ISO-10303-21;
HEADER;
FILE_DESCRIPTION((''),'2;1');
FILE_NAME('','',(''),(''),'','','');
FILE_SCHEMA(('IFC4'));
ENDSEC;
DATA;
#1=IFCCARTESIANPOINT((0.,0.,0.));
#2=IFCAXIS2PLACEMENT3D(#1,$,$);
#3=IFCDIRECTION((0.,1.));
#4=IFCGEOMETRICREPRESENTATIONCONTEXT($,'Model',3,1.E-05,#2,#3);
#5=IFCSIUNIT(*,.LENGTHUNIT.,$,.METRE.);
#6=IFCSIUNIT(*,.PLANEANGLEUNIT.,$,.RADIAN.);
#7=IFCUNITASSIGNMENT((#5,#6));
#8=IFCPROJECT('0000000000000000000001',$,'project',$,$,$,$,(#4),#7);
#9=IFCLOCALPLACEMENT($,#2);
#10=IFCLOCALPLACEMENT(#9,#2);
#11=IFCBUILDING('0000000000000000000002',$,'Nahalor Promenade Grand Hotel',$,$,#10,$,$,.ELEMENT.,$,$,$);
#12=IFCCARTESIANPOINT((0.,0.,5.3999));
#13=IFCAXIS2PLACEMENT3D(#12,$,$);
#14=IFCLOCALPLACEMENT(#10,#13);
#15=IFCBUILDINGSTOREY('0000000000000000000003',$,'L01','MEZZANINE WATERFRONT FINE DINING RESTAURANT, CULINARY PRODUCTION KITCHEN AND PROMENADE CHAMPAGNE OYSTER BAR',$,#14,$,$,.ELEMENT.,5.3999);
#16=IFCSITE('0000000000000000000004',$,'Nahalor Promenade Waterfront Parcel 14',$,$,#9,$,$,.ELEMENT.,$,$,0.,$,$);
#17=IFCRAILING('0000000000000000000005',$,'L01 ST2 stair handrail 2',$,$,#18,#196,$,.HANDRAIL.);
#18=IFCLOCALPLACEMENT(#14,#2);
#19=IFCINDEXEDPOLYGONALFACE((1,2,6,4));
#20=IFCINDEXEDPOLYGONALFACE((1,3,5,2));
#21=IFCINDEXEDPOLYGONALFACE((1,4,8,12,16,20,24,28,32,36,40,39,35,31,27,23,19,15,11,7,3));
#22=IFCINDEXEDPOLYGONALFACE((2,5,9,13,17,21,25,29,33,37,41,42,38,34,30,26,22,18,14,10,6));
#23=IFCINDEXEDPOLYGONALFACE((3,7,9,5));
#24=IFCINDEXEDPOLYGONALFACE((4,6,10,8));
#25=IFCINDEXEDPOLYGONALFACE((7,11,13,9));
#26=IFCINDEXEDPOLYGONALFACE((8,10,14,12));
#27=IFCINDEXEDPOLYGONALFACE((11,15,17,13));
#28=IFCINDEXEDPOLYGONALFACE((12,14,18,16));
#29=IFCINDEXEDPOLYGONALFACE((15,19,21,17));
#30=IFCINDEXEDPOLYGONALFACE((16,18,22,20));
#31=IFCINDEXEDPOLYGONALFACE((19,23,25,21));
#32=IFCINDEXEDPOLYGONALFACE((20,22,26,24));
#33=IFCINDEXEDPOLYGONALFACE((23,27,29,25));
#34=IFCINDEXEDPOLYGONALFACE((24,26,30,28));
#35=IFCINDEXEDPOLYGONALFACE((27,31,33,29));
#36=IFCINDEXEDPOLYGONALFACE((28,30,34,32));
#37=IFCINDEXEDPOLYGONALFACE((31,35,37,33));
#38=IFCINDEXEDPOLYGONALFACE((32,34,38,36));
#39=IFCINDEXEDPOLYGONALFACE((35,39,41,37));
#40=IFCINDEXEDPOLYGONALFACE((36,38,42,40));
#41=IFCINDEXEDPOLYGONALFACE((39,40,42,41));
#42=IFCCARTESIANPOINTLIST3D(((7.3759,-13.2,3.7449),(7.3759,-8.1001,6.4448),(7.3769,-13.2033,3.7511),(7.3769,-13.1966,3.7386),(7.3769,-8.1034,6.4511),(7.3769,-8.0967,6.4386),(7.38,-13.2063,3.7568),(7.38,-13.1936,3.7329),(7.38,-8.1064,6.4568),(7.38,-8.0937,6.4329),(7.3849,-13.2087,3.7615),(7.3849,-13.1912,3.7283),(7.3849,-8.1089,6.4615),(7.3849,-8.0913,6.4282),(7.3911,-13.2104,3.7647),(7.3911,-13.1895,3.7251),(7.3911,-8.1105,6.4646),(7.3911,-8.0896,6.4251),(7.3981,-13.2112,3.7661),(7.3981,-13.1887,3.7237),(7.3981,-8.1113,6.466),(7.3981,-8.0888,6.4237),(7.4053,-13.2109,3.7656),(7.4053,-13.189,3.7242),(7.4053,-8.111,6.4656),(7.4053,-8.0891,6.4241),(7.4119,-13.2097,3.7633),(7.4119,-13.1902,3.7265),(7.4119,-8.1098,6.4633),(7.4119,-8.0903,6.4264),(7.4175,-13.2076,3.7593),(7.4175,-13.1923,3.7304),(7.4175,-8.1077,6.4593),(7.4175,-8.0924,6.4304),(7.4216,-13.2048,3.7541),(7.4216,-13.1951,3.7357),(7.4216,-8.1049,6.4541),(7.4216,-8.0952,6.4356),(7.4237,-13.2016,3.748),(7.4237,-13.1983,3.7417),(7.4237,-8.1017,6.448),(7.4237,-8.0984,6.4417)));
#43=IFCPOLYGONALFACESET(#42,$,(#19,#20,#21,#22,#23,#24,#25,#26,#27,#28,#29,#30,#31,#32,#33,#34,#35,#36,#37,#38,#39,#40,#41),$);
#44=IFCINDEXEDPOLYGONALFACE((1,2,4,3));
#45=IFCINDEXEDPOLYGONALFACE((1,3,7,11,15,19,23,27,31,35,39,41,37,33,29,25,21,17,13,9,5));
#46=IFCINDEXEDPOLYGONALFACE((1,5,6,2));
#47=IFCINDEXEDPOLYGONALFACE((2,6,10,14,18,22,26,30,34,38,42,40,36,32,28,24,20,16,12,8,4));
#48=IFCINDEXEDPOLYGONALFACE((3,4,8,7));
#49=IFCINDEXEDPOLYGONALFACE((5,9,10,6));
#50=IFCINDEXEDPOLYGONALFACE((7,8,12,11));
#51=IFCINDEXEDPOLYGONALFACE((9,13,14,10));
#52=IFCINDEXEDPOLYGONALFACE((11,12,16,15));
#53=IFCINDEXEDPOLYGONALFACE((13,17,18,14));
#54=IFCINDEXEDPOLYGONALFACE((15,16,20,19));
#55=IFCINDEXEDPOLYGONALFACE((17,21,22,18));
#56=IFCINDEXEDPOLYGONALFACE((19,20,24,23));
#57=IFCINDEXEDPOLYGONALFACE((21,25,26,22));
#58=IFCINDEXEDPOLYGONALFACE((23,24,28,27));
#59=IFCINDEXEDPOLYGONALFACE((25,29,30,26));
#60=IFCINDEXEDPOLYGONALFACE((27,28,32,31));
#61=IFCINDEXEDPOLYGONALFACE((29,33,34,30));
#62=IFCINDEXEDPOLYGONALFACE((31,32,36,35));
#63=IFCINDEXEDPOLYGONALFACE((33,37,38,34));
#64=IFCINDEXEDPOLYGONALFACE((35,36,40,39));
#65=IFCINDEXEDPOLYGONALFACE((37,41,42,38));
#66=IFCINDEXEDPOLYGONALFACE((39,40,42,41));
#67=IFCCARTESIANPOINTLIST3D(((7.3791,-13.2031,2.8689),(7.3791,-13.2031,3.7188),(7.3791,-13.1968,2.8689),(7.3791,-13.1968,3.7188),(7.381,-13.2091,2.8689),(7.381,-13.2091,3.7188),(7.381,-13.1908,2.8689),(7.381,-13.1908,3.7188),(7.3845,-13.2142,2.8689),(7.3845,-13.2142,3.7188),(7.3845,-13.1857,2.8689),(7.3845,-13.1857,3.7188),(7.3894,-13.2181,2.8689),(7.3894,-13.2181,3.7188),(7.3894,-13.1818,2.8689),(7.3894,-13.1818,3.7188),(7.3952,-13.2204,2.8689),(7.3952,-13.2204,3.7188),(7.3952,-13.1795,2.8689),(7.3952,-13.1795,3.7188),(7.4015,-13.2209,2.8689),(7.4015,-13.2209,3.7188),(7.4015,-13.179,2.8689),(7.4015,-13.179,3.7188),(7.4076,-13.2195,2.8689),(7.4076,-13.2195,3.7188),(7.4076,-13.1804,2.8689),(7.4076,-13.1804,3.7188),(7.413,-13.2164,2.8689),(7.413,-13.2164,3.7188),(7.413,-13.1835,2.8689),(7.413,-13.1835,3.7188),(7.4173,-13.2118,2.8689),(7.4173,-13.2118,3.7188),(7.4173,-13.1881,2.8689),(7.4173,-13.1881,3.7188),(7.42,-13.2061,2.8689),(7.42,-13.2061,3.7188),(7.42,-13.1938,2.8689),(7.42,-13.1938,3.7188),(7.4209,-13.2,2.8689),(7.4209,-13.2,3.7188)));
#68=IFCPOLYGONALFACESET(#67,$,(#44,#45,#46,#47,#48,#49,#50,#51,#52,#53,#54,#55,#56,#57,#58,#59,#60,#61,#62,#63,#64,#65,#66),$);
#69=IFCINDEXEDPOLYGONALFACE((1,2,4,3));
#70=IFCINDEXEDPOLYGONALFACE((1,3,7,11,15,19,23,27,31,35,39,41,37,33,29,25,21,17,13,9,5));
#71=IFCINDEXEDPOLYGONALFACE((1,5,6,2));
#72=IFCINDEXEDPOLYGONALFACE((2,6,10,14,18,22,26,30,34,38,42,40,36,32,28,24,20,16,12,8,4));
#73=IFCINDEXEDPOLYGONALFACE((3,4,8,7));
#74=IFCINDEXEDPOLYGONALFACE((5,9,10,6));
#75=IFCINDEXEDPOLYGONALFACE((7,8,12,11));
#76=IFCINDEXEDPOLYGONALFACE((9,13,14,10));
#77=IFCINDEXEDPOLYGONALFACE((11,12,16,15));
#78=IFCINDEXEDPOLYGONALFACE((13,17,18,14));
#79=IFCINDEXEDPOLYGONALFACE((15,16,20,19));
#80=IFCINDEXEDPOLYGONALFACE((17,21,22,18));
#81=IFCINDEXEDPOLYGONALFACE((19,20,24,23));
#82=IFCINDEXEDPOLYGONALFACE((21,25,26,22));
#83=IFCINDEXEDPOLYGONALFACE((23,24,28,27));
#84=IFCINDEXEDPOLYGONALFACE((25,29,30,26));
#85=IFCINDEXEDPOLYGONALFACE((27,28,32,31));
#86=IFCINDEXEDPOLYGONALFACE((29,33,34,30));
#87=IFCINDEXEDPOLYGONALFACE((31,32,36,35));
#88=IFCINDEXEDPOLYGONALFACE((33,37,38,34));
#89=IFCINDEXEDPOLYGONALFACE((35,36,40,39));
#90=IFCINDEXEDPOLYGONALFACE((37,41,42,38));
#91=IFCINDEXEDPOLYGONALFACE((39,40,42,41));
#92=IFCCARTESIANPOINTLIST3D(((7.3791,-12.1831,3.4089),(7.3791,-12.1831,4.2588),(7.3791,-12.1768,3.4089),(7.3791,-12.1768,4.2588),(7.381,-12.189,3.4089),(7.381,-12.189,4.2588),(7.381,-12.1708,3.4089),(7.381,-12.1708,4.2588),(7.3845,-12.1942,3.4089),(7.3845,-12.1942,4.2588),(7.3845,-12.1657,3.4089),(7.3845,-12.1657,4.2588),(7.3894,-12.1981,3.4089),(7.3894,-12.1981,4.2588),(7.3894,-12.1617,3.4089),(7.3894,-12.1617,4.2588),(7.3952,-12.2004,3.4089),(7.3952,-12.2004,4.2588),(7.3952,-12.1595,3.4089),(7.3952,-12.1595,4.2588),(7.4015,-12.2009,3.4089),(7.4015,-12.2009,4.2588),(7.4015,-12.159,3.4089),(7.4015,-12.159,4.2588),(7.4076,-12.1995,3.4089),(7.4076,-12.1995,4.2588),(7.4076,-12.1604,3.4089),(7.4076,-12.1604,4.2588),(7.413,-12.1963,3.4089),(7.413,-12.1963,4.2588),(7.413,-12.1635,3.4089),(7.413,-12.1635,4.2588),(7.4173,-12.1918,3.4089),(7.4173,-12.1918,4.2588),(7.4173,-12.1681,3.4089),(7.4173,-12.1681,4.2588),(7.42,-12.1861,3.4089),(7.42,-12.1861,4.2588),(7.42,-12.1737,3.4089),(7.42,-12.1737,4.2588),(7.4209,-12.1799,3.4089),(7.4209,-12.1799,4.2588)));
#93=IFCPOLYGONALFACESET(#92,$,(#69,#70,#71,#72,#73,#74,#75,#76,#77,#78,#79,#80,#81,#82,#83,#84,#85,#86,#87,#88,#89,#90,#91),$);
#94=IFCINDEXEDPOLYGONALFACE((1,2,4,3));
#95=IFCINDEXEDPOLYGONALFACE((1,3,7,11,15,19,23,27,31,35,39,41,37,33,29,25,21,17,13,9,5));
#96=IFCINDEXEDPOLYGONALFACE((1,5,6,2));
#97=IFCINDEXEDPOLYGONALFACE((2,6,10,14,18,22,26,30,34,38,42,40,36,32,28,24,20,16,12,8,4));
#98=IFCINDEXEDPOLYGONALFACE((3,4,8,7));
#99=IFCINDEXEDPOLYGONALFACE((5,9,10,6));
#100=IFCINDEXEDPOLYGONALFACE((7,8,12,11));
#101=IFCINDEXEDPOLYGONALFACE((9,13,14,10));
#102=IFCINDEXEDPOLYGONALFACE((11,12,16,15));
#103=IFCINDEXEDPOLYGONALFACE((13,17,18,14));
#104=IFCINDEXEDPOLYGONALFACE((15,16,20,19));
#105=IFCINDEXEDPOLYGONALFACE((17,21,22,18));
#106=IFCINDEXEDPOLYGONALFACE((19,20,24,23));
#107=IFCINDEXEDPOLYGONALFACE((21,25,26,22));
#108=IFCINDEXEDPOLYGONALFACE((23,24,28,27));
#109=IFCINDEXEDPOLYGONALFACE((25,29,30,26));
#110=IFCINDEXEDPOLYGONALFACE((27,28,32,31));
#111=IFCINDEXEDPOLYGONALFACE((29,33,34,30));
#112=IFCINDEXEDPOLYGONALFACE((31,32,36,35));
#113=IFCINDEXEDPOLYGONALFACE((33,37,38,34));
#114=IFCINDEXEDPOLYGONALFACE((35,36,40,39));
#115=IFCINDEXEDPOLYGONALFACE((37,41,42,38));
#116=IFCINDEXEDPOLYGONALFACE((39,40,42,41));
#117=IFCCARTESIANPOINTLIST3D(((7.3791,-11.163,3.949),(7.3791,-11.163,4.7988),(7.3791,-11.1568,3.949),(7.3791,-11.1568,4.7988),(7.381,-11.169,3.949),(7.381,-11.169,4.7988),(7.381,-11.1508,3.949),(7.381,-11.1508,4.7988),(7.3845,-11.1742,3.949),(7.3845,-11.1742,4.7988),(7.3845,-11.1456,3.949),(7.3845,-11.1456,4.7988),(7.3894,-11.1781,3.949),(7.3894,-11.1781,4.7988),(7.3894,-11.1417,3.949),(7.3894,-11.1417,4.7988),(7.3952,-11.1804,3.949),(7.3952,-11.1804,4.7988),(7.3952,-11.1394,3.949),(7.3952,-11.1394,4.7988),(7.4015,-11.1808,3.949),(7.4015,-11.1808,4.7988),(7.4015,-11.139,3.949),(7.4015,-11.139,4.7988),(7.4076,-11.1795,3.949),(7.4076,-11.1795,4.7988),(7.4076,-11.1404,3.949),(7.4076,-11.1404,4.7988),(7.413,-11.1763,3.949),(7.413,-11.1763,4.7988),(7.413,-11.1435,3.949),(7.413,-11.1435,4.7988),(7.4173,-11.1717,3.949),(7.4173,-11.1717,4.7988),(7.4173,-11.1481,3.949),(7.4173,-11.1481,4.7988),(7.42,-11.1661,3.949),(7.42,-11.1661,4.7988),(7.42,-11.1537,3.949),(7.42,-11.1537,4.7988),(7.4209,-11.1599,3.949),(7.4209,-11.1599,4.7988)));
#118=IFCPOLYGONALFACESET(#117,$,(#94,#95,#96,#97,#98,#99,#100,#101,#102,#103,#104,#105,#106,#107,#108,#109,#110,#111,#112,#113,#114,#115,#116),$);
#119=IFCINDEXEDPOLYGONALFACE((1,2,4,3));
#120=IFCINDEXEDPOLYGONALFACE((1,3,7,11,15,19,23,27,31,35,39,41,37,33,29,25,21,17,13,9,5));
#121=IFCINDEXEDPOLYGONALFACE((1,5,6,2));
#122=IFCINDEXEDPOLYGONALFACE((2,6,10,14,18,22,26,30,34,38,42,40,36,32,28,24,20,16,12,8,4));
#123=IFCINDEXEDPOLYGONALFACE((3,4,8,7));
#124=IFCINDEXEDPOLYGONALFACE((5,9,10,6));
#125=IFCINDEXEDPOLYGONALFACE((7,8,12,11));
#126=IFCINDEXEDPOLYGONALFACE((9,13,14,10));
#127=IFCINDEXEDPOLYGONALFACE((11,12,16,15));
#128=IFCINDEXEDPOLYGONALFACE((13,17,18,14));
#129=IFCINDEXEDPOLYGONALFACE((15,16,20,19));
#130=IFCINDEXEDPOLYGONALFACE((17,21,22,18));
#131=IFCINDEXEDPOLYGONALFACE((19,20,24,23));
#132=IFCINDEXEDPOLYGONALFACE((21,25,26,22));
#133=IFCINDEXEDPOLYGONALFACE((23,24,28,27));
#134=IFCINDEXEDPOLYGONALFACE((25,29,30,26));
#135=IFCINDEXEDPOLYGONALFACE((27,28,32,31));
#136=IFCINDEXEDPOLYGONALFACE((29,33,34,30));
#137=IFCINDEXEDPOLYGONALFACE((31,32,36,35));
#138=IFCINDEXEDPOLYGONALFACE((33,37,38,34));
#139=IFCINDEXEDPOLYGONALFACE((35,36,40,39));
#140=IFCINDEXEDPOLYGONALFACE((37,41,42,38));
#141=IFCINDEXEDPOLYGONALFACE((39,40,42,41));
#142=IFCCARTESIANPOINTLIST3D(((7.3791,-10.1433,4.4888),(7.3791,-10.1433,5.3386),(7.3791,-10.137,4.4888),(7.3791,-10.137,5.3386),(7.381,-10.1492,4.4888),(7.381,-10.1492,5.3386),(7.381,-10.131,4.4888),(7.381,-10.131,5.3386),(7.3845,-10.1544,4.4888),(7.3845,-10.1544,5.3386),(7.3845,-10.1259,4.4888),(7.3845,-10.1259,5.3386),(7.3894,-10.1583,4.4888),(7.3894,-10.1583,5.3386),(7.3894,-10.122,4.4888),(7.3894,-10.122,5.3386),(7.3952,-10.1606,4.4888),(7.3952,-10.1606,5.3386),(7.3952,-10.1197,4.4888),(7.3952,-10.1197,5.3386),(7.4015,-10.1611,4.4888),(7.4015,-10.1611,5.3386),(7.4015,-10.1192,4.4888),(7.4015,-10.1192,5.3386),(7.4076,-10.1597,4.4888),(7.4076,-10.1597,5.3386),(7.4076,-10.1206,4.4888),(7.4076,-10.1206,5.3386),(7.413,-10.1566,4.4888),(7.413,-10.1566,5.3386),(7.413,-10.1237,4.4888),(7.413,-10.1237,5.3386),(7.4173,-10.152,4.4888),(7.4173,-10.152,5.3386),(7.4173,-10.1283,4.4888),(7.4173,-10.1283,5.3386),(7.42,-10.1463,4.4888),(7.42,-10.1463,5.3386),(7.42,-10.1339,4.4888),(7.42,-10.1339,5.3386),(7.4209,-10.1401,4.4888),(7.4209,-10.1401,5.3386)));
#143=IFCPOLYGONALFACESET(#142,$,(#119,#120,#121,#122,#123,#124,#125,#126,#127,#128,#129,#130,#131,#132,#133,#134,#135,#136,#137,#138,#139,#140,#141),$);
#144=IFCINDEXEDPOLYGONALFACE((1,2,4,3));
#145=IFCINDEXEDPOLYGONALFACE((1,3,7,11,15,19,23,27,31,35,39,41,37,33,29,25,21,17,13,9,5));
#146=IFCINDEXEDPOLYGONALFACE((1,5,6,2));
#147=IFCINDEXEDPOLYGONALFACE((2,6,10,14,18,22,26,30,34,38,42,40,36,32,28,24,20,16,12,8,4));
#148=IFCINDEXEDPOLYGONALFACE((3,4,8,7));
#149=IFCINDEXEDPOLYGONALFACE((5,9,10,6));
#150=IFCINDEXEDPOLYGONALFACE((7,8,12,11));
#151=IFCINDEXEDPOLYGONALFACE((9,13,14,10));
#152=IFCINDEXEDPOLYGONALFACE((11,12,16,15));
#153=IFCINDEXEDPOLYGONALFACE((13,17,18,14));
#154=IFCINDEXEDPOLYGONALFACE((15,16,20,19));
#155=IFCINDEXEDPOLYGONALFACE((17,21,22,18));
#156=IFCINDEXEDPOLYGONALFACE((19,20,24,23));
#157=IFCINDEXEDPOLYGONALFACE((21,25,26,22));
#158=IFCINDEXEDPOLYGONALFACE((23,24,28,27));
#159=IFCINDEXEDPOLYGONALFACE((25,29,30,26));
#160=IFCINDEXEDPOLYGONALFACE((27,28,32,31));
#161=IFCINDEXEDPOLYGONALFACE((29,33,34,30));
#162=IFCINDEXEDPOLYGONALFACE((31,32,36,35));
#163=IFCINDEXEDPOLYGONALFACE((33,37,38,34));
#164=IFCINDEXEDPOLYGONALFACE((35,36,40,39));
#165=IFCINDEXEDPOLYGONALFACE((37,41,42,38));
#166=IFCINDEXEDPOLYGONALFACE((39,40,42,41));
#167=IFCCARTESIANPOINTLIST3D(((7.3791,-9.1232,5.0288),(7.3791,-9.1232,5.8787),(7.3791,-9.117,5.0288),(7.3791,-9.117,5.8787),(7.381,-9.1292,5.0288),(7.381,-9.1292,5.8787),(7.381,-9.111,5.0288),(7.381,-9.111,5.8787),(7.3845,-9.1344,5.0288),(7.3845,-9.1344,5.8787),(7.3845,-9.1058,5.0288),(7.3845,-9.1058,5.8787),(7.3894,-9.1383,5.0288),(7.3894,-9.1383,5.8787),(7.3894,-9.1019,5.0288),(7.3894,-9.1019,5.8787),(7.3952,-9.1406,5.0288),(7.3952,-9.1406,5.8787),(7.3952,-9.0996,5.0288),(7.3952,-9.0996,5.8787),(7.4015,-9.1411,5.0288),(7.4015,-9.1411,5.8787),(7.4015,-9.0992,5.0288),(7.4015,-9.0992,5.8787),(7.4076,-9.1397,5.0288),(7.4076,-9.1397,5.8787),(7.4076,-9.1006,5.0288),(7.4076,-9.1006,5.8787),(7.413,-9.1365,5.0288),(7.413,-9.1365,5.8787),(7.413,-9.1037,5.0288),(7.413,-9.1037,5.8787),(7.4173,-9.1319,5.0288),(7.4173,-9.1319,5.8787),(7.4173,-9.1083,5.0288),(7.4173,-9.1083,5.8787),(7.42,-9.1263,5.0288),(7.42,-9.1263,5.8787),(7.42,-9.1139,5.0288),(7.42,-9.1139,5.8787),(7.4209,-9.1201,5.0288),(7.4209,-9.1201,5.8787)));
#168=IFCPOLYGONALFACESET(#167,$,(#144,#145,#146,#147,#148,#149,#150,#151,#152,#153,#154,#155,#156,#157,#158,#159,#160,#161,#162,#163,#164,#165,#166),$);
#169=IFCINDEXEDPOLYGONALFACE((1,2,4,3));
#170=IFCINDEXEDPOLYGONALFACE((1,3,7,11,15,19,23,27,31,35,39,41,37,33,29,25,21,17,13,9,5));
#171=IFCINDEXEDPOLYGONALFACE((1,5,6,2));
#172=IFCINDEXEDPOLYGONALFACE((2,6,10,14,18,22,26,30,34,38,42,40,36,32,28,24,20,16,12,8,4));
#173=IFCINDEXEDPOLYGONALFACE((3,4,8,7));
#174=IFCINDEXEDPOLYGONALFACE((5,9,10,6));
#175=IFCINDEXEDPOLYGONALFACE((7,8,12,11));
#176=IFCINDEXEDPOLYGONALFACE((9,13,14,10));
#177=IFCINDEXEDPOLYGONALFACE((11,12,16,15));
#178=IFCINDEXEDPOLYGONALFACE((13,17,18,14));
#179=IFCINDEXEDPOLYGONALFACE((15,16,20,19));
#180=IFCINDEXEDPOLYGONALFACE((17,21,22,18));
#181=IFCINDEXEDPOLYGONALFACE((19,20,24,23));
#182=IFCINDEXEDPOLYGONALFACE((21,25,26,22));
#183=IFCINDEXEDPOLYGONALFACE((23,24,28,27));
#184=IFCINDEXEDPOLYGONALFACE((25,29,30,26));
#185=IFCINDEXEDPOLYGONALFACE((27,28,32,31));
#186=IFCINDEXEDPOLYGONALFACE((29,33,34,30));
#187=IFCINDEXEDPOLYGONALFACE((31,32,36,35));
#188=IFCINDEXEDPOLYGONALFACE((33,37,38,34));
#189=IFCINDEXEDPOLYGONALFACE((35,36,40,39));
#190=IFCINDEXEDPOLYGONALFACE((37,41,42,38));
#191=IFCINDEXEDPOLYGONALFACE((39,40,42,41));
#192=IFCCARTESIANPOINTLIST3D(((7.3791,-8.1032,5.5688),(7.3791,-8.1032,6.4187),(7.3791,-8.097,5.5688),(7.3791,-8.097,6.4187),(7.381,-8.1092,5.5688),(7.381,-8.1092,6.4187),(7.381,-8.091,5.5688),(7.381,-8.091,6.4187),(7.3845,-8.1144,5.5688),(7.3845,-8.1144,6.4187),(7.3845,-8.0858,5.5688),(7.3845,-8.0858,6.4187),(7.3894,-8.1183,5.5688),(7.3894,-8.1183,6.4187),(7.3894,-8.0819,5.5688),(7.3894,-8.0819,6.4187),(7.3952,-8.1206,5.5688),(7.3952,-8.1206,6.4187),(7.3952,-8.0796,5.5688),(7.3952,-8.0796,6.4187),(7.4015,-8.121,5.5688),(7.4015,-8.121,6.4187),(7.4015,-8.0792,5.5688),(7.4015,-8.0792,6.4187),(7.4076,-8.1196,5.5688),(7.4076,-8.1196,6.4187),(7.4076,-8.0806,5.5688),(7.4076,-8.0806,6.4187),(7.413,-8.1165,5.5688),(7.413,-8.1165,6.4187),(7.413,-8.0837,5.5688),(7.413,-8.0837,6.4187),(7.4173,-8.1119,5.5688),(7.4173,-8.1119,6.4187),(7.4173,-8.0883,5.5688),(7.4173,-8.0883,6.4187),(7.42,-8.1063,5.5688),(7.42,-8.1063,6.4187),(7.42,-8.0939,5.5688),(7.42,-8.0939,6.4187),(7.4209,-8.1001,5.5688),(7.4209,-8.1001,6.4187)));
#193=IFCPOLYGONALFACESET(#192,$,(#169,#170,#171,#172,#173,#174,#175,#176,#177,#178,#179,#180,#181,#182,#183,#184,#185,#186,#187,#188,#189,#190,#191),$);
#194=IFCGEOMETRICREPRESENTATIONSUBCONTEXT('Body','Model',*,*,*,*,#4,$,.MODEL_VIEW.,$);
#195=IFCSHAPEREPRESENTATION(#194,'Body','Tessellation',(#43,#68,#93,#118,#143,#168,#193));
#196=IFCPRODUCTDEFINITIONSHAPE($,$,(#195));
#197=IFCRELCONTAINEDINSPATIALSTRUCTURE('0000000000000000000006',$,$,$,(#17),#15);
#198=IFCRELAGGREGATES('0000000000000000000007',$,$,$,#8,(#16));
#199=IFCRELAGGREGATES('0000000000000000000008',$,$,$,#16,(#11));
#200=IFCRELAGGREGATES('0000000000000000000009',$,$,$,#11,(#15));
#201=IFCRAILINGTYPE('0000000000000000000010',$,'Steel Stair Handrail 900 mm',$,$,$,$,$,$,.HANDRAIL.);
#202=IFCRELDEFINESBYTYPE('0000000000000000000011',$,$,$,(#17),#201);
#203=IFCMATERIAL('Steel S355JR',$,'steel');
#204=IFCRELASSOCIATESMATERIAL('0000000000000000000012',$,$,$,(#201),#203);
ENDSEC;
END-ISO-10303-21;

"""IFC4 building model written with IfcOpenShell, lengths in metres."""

from ifc_helpers import new_model, si_unit, direction, frame, origin, origin_2d, place, context, subcontext, project, spatial, circle, extrude, material, type_object, element, save


model = new_model("IFC4")

# Units and contexts
model_context = context("Model", 3, precision=1e-05, world=origin(), true_north=direction((0.0, 1.0)))
body_context = subcontext(model_context, "Body", "Model", "MODEL_VIEW")
ifc_project = project(units=[si_unit("LENGTHUNIT", "METRE"), si_unit("PLANEANGLEUNIT", "RADIAN")], contexts=[model_context])

# Site, building, storey
site_placement = place(None, origin())
site = spatial("IfcSite", under=ifc_project, at=site_placement, Name="Nahalor Promenade Waterfront Parcel 14", CompositionType="ELEMENT", RefElevation=0.0)
building_placement = place(site_placement, origin())
building = spatial("IfcBuilding", under=site, at=building_placement, Name="Nahalor Promenade Grand Hotel", CompositionType="ELEMENT")
storey_placement = place(building_placement, frame((0.0, 0.0, 5.3999)))
storey = spatial("IfcBuildingStorey", under=building, at=storey_placement, Name="L01", Description="MEZZANINE WATERFRONT FINE DINING RESTAURANT, CULINARY PRODUCTION KITCHEN AND PROMENADE CHAMPAGNE OYSTER BAR", CompositionType="ELEMENT", Elevation=5.3999)

# Shared definitions
ifc_material_1 = material(Name="Steel S355JR", Category="steel")

# Railing
railing_type_1 = type_object("IfcRailingType", Name="Steel Stair Handrail 900 mm", PredefinedType="HANDRAIL", material=ifc_material_1)
railing_1_placement = place(storey_placement, frame((7.3999, -13.2, 2.8689)))
element("IfcRailing", 1, at=railing_1_placement, inside=storey, type_object=railing_type_1, Name="L01 ST2 stair handrail 2", PredefinedType="HANDRAIL", context=body_context, shape_type="SweptSolid", body=[
    extrude(circle(Radius=0.024, at=origin_2d()), frame((0.0, 0.0, 0.876), z_axis=(0.0, 0.883786, 0.467892), x_axis=(-1.0, 0.0, 0.0)), (0.0, 0.0, 1.0), 5.7705),
    extrude(circle(Radius=0.021, at=origin_2d()), origin(), (0.0, 0.0, 1.0), 0.8499),
    extrude(circle(Radius=0.021, at=origin_2d()), frame((0.0, 1.02, 0.54)), (0.0, 0.0, 1.0), 0.8499),
    extrude(circle(Radius=0.021, at=origin_2d()), frame((0.0, 2.04, 1.0801)), (0.0, 0.0, 1.0), 0.8499),
    extrude(circle(Radius=0.021, at=origin_2d()), frame((0.0, 3.0598, 1.6199)), (0.0, 0.0, 1.0), 0.8499),
    extrude(circle(Radius=0.021, at=origin_2d()), frame((0.0, 4.0798, 2.1599)), (0.0, 0.0, 1.0), 0.8499),
    extrude(circle(Radius=0.021, at=origin_2d()), frame((0.0, 5.0999, 2.7)), (0.0, 0.0, 1.0), 0.8499),
])

save(model, "model.ifc")
